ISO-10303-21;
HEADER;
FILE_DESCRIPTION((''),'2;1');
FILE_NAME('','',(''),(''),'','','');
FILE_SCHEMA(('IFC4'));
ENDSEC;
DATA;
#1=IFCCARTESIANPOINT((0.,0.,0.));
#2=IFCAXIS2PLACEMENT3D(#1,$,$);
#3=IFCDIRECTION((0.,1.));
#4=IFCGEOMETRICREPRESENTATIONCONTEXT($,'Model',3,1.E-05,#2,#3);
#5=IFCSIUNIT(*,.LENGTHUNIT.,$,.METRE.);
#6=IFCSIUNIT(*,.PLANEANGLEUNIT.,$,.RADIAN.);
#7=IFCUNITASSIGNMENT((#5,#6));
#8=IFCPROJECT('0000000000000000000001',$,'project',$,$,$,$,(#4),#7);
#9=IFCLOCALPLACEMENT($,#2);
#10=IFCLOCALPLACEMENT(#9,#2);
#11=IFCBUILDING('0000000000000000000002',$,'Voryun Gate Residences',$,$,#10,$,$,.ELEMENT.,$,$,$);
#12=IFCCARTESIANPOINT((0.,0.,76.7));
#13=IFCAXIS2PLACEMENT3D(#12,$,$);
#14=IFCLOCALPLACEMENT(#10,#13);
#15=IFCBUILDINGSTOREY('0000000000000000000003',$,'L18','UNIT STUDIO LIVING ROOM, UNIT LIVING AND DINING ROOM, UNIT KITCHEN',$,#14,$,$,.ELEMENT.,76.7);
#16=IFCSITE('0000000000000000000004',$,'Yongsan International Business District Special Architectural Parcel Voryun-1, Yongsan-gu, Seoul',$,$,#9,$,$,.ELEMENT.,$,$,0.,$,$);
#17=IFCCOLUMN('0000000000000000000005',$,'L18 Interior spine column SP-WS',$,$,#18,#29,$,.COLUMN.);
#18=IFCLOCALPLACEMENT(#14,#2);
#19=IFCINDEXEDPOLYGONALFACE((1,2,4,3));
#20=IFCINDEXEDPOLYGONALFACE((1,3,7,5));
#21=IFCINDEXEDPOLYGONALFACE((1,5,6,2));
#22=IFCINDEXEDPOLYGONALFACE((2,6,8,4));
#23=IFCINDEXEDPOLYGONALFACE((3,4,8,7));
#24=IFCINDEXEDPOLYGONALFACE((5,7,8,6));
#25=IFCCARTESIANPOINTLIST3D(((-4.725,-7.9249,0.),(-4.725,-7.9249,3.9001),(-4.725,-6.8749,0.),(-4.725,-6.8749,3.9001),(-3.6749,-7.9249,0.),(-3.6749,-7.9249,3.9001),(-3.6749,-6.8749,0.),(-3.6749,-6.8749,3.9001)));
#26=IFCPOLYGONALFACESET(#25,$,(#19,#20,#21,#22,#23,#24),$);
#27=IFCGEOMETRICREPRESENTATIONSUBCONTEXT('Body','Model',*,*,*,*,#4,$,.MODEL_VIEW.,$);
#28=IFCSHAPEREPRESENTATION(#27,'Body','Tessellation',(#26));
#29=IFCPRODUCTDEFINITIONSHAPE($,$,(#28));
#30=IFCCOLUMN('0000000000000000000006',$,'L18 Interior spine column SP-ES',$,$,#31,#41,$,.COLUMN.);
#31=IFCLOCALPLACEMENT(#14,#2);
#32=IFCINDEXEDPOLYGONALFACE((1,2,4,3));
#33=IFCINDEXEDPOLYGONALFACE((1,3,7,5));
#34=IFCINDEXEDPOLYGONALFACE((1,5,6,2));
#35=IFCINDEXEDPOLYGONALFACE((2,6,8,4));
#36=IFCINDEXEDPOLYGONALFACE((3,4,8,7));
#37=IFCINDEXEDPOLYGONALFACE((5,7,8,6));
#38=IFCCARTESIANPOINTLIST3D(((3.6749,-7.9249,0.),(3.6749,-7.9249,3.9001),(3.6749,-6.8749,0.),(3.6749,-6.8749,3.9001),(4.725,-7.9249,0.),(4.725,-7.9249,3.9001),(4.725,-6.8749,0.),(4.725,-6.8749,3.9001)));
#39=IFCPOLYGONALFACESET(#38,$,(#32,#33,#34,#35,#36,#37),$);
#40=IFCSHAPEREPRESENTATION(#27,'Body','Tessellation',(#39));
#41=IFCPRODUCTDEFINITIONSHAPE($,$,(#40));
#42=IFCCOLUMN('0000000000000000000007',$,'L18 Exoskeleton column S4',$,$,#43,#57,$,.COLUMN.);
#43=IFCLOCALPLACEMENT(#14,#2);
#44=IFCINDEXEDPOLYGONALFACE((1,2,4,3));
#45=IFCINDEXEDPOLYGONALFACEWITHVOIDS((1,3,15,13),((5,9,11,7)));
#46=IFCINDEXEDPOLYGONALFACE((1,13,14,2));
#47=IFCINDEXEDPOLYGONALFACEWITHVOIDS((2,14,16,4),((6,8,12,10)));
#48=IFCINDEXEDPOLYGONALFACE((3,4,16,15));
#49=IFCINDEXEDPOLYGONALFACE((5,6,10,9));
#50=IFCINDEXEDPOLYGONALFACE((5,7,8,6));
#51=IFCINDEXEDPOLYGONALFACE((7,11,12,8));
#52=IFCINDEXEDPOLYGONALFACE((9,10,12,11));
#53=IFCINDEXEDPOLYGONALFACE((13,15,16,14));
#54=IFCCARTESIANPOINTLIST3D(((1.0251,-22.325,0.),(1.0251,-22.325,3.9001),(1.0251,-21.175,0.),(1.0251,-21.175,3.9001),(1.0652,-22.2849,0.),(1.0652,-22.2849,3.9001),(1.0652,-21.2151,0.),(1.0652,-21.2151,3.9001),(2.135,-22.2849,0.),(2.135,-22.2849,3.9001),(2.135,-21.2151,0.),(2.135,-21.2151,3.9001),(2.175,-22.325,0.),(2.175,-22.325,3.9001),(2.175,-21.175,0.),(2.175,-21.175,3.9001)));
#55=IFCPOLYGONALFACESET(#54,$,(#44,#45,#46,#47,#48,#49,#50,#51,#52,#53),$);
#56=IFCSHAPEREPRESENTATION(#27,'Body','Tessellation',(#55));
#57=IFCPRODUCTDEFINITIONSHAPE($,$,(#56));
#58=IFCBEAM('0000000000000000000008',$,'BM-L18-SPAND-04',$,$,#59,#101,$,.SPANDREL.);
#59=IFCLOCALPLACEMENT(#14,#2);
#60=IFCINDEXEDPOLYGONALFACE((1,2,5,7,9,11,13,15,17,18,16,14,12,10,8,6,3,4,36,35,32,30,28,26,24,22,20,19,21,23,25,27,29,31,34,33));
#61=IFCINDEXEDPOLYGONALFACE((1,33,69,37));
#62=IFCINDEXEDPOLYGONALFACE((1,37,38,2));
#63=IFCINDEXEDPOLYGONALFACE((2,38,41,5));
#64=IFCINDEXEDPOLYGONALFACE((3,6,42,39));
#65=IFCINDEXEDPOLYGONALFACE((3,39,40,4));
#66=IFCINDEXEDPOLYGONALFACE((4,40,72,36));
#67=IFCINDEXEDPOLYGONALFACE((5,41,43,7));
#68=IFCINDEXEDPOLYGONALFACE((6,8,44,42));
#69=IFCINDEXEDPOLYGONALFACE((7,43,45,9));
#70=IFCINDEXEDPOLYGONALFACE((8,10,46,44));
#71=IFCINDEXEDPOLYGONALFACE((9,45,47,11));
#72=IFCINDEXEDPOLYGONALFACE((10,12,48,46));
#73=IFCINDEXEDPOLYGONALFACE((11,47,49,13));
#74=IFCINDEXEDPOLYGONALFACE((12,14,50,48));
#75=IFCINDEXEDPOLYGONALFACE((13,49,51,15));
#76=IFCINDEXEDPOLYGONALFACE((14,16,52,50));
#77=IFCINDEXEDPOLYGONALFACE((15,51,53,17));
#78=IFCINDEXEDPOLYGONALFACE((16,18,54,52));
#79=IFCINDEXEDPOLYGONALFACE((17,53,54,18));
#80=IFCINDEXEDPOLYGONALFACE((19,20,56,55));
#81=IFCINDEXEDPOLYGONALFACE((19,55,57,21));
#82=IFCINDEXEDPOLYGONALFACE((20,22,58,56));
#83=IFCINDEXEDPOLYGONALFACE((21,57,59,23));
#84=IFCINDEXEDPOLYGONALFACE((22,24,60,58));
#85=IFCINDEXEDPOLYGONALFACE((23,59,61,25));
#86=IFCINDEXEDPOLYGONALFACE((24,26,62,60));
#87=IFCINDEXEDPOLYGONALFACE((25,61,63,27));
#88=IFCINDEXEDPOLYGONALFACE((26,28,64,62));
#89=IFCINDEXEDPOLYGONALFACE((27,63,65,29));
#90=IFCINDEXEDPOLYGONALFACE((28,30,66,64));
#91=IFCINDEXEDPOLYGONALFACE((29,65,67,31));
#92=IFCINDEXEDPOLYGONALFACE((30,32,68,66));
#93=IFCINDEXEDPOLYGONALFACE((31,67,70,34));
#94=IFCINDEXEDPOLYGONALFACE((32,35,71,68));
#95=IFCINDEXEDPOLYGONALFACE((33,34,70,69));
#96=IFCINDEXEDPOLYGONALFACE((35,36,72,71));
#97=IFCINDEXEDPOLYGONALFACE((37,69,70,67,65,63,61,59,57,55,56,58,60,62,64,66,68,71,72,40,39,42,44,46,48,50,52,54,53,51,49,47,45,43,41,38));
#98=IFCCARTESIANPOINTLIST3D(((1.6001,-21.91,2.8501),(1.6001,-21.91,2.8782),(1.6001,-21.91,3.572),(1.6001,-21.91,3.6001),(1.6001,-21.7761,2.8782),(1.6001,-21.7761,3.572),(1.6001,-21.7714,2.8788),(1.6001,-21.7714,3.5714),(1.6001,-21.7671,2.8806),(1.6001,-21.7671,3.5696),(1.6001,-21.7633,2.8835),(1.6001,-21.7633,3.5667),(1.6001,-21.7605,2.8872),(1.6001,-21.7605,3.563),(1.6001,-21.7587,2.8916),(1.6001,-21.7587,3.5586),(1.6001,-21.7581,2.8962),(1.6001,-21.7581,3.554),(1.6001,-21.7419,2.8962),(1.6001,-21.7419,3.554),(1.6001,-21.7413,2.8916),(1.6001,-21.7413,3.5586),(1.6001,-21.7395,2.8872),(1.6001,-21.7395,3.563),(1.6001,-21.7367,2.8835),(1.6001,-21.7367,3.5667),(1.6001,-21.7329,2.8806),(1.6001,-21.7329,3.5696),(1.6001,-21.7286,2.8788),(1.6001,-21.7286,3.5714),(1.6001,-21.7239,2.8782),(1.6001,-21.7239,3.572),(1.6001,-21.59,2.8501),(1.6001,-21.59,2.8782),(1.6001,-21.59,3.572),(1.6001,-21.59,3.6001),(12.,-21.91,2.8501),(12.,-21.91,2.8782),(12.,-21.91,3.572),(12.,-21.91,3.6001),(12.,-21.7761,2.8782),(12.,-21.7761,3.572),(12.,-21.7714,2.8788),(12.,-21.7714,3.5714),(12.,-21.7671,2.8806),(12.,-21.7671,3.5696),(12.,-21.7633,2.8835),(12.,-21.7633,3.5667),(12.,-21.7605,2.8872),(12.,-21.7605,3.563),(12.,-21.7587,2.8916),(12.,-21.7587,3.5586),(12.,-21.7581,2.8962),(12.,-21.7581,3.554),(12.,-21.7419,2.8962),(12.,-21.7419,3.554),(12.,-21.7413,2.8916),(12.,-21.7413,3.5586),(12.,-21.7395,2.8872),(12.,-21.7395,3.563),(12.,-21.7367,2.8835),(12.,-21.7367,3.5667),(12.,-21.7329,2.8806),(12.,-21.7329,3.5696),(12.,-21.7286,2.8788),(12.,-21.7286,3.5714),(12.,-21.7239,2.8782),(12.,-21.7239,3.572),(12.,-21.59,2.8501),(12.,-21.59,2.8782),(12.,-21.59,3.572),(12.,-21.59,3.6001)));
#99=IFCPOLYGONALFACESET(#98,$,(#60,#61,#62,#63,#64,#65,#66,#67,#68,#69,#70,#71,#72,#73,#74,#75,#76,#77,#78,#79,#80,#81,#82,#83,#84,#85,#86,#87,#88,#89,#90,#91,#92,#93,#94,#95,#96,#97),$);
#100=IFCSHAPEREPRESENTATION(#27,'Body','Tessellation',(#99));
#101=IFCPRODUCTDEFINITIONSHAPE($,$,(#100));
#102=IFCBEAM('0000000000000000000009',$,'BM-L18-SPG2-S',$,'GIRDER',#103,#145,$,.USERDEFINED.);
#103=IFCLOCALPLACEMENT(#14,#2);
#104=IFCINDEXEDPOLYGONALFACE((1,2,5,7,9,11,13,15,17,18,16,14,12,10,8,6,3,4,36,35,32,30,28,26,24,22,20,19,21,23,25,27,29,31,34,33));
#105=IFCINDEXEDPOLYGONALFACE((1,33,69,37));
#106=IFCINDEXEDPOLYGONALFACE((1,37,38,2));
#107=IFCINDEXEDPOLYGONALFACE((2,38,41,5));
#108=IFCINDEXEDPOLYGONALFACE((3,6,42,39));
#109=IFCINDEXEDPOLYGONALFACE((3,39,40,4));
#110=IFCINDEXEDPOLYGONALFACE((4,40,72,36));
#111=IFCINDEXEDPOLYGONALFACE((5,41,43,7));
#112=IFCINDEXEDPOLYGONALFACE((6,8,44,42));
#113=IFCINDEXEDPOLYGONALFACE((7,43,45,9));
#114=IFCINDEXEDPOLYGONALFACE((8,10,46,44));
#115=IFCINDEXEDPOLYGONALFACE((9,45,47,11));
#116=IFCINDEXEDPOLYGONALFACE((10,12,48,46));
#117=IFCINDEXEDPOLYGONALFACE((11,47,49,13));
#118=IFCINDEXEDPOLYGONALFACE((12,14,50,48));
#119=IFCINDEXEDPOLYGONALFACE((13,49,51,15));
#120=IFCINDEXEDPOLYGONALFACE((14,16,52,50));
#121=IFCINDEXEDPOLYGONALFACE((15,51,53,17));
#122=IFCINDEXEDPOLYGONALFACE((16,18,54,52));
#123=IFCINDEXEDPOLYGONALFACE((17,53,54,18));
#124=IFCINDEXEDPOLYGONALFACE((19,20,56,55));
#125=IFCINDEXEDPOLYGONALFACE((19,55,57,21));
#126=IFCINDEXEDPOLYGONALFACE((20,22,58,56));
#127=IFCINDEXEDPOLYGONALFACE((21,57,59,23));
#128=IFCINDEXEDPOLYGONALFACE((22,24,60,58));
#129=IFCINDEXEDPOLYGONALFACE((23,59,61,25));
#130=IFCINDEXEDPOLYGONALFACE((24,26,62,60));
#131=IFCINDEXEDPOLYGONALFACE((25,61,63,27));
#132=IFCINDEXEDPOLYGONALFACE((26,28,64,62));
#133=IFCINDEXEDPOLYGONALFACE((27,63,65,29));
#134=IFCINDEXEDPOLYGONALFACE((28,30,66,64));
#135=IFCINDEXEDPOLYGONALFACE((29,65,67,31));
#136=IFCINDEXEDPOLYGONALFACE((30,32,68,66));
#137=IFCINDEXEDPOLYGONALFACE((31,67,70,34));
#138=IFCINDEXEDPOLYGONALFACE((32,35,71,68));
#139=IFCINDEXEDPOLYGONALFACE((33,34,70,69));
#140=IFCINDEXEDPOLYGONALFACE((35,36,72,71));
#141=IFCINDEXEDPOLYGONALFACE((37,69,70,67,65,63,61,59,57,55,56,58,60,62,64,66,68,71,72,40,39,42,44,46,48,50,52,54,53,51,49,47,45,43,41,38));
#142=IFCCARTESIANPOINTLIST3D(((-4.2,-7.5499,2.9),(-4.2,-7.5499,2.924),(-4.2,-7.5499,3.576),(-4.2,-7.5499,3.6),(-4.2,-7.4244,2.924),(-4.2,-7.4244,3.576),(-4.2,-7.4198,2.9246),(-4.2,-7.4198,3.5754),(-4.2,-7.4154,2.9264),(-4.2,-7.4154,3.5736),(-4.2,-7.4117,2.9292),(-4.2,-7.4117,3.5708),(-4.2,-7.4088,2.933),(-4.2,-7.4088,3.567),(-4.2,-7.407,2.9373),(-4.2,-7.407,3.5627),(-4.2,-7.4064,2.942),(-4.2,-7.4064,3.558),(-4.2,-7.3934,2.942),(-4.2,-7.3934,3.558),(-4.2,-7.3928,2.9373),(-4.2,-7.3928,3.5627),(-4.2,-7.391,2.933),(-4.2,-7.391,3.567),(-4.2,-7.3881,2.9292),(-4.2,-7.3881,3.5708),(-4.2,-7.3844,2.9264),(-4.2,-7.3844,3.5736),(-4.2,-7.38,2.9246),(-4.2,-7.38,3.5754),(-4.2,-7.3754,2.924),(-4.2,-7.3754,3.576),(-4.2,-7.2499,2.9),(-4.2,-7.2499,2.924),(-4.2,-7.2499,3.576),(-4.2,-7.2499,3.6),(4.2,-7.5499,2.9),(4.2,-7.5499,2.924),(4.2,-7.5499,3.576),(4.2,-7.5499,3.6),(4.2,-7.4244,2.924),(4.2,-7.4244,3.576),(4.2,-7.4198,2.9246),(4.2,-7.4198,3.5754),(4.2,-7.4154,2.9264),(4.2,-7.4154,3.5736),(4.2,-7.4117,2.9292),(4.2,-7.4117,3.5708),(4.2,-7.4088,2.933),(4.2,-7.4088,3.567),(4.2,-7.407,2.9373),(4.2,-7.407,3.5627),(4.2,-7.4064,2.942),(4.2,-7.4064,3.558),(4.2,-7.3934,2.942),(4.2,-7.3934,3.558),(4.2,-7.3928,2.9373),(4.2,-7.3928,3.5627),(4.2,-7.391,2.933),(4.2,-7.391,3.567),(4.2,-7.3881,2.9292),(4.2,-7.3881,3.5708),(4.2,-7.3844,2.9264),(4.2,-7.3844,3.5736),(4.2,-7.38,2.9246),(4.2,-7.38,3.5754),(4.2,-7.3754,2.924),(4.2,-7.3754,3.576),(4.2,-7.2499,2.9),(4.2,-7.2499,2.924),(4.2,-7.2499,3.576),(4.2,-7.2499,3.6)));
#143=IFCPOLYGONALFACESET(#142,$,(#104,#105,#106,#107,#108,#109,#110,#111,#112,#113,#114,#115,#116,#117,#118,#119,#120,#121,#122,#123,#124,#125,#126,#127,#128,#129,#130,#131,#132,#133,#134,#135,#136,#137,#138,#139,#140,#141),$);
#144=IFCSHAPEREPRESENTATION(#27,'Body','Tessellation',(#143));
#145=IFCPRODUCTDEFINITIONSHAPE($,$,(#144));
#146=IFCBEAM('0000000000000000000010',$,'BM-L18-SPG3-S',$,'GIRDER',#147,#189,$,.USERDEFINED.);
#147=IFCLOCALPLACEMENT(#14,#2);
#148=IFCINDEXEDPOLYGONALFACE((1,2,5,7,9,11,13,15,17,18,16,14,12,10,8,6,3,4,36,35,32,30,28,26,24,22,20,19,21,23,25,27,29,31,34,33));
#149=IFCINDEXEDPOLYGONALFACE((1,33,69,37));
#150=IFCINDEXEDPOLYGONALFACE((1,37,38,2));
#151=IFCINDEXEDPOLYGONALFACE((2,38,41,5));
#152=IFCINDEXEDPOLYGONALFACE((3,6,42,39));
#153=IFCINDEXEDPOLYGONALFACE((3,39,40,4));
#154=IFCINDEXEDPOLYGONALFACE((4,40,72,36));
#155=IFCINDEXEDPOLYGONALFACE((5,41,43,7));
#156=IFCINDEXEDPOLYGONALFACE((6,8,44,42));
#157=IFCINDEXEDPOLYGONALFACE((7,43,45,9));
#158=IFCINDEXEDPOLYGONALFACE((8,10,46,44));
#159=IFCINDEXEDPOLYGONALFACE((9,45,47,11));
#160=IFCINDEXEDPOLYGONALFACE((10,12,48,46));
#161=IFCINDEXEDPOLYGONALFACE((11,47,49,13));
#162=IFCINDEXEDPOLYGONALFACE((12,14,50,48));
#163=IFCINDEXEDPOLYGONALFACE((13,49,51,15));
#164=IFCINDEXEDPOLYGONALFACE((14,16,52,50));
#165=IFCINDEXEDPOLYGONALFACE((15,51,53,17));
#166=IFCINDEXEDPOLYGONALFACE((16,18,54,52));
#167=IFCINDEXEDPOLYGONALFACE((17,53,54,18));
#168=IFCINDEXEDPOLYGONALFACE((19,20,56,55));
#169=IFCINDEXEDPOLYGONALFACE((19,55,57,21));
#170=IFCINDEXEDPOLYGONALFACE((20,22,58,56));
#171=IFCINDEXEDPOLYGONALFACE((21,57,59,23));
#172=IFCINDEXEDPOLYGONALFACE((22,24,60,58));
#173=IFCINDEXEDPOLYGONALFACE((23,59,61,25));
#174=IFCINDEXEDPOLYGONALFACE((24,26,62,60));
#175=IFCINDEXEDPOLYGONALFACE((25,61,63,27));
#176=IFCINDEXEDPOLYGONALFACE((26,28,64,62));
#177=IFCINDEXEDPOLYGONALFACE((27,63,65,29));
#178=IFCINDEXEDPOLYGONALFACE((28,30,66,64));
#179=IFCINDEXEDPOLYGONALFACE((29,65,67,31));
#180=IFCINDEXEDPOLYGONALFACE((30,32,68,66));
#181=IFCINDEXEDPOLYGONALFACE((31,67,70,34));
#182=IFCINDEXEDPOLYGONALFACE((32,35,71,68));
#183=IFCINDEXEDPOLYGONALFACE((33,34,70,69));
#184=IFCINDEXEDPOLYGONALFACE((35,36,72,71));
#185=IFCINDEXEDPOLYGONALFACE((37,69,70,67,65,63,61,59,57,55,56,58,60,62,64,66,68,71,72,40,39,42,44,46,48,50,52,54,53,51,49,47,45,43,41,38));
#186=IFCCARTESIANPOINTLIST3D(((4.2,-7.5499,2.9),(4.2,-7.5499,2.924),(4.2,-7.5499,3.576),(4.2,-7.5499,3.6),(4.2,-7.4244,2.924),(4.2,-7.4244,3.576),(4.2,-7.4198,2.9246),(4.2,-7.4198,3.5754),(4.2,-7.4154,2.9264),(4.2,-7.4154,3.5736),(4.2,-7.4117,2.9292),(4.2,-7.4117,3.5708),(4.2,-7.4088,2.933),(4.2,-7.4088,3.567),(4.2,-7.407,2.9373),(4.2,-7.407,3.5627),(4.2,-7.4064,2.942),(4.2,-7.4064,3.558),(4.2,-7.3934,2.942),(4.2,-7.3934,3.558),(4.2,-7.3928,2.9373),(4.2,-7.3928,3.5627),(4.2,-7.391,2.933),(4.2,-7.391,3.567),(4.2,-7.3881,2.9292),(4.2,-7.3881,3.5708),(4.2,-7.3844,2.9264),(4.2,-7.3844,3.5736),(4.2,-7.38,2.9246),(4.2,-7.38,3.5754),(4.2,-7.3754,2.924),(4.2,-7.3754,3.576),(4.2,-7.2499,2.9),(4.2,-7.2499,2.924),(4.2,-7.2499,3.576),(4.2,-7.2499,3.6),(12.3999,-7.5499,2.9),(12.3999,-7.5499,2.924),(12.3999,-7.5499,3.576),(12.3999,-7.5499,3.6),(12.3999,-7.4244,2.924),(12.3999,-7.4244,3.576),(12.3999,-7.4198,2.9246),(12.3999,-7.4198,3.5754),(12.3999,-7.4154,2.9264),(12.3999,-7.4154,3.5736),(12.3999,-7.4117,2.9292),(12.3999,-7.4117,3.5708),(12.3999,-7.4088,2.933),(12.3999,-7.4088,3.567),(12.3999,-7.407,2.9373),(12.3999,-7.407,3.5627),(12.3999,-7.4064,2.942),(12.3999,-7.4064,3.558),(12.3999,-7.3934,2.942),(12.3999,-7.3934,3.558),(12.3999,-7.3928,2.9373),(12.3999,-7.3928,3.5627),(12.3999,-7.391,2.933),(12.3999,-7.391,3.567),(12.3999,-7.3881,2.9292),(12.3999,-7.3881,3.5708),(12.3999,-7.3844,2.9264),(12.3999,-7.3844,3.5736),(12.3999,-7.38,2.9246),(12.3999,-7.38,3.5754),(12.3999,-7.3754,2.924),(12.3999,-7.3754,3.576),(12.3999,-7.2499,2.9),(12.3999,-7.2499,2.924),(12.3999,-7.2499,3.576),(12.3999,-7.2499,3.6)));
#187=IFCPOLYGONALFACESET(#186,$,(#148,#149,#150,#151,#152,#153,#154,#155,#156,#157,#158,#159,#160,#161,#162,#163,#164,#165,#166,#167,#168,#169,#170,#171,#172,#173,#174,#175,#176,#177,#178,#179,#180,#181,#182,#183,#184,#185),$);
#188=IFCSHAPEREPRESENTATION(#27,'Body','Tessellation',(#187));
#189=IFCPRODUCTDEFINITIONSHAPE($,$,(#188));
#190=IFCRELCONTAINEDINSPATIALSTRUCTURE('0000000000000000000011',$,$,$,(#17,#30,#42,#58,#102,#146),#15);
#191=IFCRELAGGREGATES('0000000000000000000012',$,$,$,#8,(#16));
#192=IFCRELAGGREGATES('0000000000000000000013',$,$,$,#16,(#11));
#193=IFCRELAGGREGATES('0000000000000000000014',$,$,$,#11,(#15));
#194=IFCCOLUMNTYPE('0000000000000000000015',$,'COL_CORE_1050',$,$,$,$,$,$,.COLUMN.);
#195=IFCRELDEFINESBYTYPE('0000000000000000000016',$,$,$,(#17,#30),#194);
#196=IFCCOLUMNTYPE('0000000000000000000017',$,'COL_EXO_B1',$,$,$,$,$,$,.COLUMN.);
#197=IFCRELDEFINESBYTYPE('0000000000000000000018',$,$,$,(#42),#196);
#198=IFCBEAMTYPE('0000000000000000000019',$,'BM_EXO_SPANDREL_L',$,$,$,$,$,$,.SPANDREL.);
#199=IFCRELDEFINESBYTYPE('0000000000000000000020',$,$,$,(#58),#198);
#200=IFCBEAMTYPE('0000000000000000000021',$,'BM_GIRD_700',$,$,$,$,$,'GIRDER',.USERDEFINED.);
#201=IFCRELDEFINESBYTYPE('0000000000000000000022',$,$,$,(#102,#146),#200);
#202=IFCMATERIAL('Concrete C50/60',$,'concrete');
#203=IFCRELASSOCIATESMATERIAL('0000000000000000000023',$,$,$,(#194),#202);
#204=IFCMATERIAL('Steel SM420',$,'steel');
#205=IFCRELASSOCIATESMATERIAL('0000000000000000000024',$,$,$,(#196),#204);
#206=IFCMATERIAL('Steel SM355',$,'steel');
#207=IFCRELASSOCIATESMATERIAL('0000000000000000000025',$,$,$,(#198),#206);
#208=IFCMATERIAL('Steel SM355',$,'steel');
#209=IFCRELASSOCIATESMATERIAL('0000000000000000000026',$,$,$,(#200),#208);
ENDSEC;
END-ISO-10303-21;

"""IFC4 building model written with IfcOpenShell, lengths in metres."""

from ifc_helpers import new_model, si_unit, direction, frame, origin, origin_2d, place, context, subcontext, project, spatial, rectangle, hollow_rectangle, i_section, extrude, material, material_profile, profile_set, type_object, element, save


model = new_model("IFC4")

# Units and contexts
model_context = context("Model", 3, precision=1e-05, world=origin(), true_north=direction((0.0, 1.0)))
body_context = subcontext(model_context, "Body", "Model", "MODEL_VIEW")
ifc_project = project(units=[si_unit("LENGTHUNIT", "METRE"), si_unit("PLANEANGLEUNIT", "RADIAN")], contexts=[model_context])

# Site, building, storey
site_placement = place(None, origin())
site = spatial("IfcSite", under=ifc_project, at=site_placement, Name="Yongsan International Business District Special Architectural Parcel Voryun-1, Yongsan-gu, Seoul", CompositionType="ELEMENT", RefElevation=0.0)
building_placement = place(site_placement, origin())
building = spatial("IfcBuilding", under=site, at=building_placement, Name="Voryun Gate Residences", CompositionType="ELEMENT")
storey_placement = place(building_placement, frame((0.0, 0.0, 76.7)))
storey = spatial("IfcBuildingStorey", under=building, at=storey_placement, Name="L18", Description="UNIT STUDIO LIVING ROOM, UNIT LIVING AND DINING ROOM, UNIT KITCHEN", CompositionType="ELEMENT", Elevation=76.7)

# Columns
ifc_material_1 = material(Name="Concrete C50/60", Category="concrete")
ifc_material_profile_1 = material_profile(ifc_material_1, rectangle(XDim=1.05, YDim=1.05, at=origin_2d()), Name="RC-1050x1050")
ifc_profile_set_1 = profile_set([ifc_material_profile_1], Name="Concrete C50/60")
column_type_1 = type_object("IfcColumnType", Name="COL_CORE_1050", PredefinedType="COLUMN", material=ifc_profile_set_1)
for number, where, z_axis, x_axis, name in (
    (1, (-4.2, -7.3999, 0.0), (0.0, 0.0, 1.0), (1.0, 0.0, 0.0), "L18 Interior spine column SP-WS"),
    (2, (4.2, -7.3999, 0.0), (0.0, 0.0, 1.0), (1.0, 0.0, 0.0), "L18 Interior spine column SP-ES"),
):
    element("IfcColumn", number, at=place(storey_placement, frame(where, z_axis=z_axis, x_axis=x_axis)), inside=storey, type_object=column_type_1, Name=name, PredefinedType="COLUMN", context=body_context, shape_type="SweptSolid", body=[
        extrude(rectangle(XDim=1.05, YDim=1.05, at=origin_2d()), origin(), (0.0, 0.0, 1.0), 3.9001),
    ])
ifc_material_2 = material(Name="Steel SM420", Category="steel")
ifc_material_profile_2 = material_profile(ifc_material_2, hollow_rectangle(XDim=1.1499, YDim=1.1499, WallThickness=0.04, at=origin_2d()), Name="BOX-1150x1150x40")
ifc_profile_set_2 = profile_set([ifc_material_profile_2], Name="Steel SM420")
column_type_2 = type_object("IfcColumnType", Name="COL_EXO_B1", PredefinedType="COLUMN", material=ifc_profile_set_2)
column_placement = place(storey_placement, frame((1.6001, -21.75, 0.0), z_axis=(0.0, 0.0, 1.0), x_axis=(1.0, 0.0, 0.0)))
element("IfcColumn", 3, at=column_placement, inside=storey, type_object=column_type_2, Name="L18 Exoskeleton column S4", PredefinedType="COLUMN", context=body_context, shape_type="SweptSolid", body=[
    extrude(hollow_rectangle(XDim=1.1499, YDim=1.1499, WallThickness=0.04, at=origin_2d()), origin(), (0.0, 0.0, 1.0), 3.9001),
])

# Beams
ifc_material_3 = material(Name="Steel SM355", Category="steel")
ifc_material_profile_3 = material_profile(ifc_material_3, i_section(OverallWidth=0.3201, OverallDepth=0.75, WebThickness=0.0161, FlangeThickness=0.0281, FilletRadius=0.0181, at=origin_2d()), Name="H-750x320x16x28")
ifc_profile_set_3 = profile_set([ifc_material_profile_3], Name="Steel SM355")
beam_type_1 = type_object("IfcBeamType", Name="BM_EXO_SPANDREL_L", PredefinedType="SPANDREL", material=ifc_profile_set_3)
beam_1_placement = place(storey_placement, frame((1.6001, -21.75, 3.2251), z_axis=(1.0, 0.0, 0.0), x_axis=(0.0, 1.0, 0.0)))
element("IfcBeam", 4, at=beam_1_placement, inside=storey, type_object=beam_type_1, Name="BM-L18-SPAND-04", PredefinedType="SPANDREL", context=body_context, shape_type="SweptSolid", body=[
    extrude(i_section(OverallWidth=0.3201, OverallDepth=0.75, WebThickness=0.0161, FlangeThickness=0.0281, FilletRadius=0.0181, at=origin_2d()), origin(), (0.0, 0.0, 1.0), 10.3999),
])
ifc_material_4 = material(Name="Steel SM355", Category="steel")
ifc_material_profile_4 = material_profile(ifc_material_4, i_section(OverallWidth=0.3, OverallDepth=0.7, WebThickness=0.0129, FlangeThickness=0.0239, FilletRadius=0.0181, at=origin_2d()), Name="H-700x300x13x24")
ifc_profile_set_4 = profile_set([ifc_material_profile_4], Name="Steel SM355")
beam_type_2 = type_object("IfcBeamType", Name="BM_GIRD_700", ElementType="GIRDER", PredefinedType="USERDEFINED", material=ifc_profile_set_4)
beam_2_placement = place(storey_placement, frame((-4.2, -7.3999, 3.25), z_axis=(1.0, 0.0, 0.0), x_axis=(0.0, 1.0, 0.0)))
element("IfcBeam", 5, at=beam_2_placement, inside=storey, type_object=beam_type_2, Name="BM-L18-SPG2-S", ObjectType="GIRDER", PredefinedType="USERDEFINED", context=body_context, shape_type="SweptSolid", body=[
    extrude(i_section(OverallWidth=0.3, OverallDepth=0.7, WebThickness=0.0129, FlangeThickness=0.0239, FilletRadius=0.0181, at=origin_2d()), origin(), (0.0, 0.0, 1.0), 8.3999),
])
beam_3_placement = place(storey_placement, frame((4.2, -7.3999, 3.25), z_axis=(1.0, 0.0, 0.0), x_axis=(0.0, 1.0, 0.0)))
element("IfcBeam", 6, at=beam_3_placement, inside=storey, type_object=beam_type_2, Name="BM-L18-SPG3-S", ObjectType="GIRDER", PredefinedType="USERDEFINED", context=body_context, shape_type="SweptSolid", body=[
    extrude(i_section(OverallWidth=0.3, OverallDepth=0.7, WebThickness=0.0129, FlangeThickness=0.0239, FilletRadius=0.0181, at=origin_2d()), origin(), (0.0, 0.0, 1.0), 8.2),
])

save(model, "model.ifc")
